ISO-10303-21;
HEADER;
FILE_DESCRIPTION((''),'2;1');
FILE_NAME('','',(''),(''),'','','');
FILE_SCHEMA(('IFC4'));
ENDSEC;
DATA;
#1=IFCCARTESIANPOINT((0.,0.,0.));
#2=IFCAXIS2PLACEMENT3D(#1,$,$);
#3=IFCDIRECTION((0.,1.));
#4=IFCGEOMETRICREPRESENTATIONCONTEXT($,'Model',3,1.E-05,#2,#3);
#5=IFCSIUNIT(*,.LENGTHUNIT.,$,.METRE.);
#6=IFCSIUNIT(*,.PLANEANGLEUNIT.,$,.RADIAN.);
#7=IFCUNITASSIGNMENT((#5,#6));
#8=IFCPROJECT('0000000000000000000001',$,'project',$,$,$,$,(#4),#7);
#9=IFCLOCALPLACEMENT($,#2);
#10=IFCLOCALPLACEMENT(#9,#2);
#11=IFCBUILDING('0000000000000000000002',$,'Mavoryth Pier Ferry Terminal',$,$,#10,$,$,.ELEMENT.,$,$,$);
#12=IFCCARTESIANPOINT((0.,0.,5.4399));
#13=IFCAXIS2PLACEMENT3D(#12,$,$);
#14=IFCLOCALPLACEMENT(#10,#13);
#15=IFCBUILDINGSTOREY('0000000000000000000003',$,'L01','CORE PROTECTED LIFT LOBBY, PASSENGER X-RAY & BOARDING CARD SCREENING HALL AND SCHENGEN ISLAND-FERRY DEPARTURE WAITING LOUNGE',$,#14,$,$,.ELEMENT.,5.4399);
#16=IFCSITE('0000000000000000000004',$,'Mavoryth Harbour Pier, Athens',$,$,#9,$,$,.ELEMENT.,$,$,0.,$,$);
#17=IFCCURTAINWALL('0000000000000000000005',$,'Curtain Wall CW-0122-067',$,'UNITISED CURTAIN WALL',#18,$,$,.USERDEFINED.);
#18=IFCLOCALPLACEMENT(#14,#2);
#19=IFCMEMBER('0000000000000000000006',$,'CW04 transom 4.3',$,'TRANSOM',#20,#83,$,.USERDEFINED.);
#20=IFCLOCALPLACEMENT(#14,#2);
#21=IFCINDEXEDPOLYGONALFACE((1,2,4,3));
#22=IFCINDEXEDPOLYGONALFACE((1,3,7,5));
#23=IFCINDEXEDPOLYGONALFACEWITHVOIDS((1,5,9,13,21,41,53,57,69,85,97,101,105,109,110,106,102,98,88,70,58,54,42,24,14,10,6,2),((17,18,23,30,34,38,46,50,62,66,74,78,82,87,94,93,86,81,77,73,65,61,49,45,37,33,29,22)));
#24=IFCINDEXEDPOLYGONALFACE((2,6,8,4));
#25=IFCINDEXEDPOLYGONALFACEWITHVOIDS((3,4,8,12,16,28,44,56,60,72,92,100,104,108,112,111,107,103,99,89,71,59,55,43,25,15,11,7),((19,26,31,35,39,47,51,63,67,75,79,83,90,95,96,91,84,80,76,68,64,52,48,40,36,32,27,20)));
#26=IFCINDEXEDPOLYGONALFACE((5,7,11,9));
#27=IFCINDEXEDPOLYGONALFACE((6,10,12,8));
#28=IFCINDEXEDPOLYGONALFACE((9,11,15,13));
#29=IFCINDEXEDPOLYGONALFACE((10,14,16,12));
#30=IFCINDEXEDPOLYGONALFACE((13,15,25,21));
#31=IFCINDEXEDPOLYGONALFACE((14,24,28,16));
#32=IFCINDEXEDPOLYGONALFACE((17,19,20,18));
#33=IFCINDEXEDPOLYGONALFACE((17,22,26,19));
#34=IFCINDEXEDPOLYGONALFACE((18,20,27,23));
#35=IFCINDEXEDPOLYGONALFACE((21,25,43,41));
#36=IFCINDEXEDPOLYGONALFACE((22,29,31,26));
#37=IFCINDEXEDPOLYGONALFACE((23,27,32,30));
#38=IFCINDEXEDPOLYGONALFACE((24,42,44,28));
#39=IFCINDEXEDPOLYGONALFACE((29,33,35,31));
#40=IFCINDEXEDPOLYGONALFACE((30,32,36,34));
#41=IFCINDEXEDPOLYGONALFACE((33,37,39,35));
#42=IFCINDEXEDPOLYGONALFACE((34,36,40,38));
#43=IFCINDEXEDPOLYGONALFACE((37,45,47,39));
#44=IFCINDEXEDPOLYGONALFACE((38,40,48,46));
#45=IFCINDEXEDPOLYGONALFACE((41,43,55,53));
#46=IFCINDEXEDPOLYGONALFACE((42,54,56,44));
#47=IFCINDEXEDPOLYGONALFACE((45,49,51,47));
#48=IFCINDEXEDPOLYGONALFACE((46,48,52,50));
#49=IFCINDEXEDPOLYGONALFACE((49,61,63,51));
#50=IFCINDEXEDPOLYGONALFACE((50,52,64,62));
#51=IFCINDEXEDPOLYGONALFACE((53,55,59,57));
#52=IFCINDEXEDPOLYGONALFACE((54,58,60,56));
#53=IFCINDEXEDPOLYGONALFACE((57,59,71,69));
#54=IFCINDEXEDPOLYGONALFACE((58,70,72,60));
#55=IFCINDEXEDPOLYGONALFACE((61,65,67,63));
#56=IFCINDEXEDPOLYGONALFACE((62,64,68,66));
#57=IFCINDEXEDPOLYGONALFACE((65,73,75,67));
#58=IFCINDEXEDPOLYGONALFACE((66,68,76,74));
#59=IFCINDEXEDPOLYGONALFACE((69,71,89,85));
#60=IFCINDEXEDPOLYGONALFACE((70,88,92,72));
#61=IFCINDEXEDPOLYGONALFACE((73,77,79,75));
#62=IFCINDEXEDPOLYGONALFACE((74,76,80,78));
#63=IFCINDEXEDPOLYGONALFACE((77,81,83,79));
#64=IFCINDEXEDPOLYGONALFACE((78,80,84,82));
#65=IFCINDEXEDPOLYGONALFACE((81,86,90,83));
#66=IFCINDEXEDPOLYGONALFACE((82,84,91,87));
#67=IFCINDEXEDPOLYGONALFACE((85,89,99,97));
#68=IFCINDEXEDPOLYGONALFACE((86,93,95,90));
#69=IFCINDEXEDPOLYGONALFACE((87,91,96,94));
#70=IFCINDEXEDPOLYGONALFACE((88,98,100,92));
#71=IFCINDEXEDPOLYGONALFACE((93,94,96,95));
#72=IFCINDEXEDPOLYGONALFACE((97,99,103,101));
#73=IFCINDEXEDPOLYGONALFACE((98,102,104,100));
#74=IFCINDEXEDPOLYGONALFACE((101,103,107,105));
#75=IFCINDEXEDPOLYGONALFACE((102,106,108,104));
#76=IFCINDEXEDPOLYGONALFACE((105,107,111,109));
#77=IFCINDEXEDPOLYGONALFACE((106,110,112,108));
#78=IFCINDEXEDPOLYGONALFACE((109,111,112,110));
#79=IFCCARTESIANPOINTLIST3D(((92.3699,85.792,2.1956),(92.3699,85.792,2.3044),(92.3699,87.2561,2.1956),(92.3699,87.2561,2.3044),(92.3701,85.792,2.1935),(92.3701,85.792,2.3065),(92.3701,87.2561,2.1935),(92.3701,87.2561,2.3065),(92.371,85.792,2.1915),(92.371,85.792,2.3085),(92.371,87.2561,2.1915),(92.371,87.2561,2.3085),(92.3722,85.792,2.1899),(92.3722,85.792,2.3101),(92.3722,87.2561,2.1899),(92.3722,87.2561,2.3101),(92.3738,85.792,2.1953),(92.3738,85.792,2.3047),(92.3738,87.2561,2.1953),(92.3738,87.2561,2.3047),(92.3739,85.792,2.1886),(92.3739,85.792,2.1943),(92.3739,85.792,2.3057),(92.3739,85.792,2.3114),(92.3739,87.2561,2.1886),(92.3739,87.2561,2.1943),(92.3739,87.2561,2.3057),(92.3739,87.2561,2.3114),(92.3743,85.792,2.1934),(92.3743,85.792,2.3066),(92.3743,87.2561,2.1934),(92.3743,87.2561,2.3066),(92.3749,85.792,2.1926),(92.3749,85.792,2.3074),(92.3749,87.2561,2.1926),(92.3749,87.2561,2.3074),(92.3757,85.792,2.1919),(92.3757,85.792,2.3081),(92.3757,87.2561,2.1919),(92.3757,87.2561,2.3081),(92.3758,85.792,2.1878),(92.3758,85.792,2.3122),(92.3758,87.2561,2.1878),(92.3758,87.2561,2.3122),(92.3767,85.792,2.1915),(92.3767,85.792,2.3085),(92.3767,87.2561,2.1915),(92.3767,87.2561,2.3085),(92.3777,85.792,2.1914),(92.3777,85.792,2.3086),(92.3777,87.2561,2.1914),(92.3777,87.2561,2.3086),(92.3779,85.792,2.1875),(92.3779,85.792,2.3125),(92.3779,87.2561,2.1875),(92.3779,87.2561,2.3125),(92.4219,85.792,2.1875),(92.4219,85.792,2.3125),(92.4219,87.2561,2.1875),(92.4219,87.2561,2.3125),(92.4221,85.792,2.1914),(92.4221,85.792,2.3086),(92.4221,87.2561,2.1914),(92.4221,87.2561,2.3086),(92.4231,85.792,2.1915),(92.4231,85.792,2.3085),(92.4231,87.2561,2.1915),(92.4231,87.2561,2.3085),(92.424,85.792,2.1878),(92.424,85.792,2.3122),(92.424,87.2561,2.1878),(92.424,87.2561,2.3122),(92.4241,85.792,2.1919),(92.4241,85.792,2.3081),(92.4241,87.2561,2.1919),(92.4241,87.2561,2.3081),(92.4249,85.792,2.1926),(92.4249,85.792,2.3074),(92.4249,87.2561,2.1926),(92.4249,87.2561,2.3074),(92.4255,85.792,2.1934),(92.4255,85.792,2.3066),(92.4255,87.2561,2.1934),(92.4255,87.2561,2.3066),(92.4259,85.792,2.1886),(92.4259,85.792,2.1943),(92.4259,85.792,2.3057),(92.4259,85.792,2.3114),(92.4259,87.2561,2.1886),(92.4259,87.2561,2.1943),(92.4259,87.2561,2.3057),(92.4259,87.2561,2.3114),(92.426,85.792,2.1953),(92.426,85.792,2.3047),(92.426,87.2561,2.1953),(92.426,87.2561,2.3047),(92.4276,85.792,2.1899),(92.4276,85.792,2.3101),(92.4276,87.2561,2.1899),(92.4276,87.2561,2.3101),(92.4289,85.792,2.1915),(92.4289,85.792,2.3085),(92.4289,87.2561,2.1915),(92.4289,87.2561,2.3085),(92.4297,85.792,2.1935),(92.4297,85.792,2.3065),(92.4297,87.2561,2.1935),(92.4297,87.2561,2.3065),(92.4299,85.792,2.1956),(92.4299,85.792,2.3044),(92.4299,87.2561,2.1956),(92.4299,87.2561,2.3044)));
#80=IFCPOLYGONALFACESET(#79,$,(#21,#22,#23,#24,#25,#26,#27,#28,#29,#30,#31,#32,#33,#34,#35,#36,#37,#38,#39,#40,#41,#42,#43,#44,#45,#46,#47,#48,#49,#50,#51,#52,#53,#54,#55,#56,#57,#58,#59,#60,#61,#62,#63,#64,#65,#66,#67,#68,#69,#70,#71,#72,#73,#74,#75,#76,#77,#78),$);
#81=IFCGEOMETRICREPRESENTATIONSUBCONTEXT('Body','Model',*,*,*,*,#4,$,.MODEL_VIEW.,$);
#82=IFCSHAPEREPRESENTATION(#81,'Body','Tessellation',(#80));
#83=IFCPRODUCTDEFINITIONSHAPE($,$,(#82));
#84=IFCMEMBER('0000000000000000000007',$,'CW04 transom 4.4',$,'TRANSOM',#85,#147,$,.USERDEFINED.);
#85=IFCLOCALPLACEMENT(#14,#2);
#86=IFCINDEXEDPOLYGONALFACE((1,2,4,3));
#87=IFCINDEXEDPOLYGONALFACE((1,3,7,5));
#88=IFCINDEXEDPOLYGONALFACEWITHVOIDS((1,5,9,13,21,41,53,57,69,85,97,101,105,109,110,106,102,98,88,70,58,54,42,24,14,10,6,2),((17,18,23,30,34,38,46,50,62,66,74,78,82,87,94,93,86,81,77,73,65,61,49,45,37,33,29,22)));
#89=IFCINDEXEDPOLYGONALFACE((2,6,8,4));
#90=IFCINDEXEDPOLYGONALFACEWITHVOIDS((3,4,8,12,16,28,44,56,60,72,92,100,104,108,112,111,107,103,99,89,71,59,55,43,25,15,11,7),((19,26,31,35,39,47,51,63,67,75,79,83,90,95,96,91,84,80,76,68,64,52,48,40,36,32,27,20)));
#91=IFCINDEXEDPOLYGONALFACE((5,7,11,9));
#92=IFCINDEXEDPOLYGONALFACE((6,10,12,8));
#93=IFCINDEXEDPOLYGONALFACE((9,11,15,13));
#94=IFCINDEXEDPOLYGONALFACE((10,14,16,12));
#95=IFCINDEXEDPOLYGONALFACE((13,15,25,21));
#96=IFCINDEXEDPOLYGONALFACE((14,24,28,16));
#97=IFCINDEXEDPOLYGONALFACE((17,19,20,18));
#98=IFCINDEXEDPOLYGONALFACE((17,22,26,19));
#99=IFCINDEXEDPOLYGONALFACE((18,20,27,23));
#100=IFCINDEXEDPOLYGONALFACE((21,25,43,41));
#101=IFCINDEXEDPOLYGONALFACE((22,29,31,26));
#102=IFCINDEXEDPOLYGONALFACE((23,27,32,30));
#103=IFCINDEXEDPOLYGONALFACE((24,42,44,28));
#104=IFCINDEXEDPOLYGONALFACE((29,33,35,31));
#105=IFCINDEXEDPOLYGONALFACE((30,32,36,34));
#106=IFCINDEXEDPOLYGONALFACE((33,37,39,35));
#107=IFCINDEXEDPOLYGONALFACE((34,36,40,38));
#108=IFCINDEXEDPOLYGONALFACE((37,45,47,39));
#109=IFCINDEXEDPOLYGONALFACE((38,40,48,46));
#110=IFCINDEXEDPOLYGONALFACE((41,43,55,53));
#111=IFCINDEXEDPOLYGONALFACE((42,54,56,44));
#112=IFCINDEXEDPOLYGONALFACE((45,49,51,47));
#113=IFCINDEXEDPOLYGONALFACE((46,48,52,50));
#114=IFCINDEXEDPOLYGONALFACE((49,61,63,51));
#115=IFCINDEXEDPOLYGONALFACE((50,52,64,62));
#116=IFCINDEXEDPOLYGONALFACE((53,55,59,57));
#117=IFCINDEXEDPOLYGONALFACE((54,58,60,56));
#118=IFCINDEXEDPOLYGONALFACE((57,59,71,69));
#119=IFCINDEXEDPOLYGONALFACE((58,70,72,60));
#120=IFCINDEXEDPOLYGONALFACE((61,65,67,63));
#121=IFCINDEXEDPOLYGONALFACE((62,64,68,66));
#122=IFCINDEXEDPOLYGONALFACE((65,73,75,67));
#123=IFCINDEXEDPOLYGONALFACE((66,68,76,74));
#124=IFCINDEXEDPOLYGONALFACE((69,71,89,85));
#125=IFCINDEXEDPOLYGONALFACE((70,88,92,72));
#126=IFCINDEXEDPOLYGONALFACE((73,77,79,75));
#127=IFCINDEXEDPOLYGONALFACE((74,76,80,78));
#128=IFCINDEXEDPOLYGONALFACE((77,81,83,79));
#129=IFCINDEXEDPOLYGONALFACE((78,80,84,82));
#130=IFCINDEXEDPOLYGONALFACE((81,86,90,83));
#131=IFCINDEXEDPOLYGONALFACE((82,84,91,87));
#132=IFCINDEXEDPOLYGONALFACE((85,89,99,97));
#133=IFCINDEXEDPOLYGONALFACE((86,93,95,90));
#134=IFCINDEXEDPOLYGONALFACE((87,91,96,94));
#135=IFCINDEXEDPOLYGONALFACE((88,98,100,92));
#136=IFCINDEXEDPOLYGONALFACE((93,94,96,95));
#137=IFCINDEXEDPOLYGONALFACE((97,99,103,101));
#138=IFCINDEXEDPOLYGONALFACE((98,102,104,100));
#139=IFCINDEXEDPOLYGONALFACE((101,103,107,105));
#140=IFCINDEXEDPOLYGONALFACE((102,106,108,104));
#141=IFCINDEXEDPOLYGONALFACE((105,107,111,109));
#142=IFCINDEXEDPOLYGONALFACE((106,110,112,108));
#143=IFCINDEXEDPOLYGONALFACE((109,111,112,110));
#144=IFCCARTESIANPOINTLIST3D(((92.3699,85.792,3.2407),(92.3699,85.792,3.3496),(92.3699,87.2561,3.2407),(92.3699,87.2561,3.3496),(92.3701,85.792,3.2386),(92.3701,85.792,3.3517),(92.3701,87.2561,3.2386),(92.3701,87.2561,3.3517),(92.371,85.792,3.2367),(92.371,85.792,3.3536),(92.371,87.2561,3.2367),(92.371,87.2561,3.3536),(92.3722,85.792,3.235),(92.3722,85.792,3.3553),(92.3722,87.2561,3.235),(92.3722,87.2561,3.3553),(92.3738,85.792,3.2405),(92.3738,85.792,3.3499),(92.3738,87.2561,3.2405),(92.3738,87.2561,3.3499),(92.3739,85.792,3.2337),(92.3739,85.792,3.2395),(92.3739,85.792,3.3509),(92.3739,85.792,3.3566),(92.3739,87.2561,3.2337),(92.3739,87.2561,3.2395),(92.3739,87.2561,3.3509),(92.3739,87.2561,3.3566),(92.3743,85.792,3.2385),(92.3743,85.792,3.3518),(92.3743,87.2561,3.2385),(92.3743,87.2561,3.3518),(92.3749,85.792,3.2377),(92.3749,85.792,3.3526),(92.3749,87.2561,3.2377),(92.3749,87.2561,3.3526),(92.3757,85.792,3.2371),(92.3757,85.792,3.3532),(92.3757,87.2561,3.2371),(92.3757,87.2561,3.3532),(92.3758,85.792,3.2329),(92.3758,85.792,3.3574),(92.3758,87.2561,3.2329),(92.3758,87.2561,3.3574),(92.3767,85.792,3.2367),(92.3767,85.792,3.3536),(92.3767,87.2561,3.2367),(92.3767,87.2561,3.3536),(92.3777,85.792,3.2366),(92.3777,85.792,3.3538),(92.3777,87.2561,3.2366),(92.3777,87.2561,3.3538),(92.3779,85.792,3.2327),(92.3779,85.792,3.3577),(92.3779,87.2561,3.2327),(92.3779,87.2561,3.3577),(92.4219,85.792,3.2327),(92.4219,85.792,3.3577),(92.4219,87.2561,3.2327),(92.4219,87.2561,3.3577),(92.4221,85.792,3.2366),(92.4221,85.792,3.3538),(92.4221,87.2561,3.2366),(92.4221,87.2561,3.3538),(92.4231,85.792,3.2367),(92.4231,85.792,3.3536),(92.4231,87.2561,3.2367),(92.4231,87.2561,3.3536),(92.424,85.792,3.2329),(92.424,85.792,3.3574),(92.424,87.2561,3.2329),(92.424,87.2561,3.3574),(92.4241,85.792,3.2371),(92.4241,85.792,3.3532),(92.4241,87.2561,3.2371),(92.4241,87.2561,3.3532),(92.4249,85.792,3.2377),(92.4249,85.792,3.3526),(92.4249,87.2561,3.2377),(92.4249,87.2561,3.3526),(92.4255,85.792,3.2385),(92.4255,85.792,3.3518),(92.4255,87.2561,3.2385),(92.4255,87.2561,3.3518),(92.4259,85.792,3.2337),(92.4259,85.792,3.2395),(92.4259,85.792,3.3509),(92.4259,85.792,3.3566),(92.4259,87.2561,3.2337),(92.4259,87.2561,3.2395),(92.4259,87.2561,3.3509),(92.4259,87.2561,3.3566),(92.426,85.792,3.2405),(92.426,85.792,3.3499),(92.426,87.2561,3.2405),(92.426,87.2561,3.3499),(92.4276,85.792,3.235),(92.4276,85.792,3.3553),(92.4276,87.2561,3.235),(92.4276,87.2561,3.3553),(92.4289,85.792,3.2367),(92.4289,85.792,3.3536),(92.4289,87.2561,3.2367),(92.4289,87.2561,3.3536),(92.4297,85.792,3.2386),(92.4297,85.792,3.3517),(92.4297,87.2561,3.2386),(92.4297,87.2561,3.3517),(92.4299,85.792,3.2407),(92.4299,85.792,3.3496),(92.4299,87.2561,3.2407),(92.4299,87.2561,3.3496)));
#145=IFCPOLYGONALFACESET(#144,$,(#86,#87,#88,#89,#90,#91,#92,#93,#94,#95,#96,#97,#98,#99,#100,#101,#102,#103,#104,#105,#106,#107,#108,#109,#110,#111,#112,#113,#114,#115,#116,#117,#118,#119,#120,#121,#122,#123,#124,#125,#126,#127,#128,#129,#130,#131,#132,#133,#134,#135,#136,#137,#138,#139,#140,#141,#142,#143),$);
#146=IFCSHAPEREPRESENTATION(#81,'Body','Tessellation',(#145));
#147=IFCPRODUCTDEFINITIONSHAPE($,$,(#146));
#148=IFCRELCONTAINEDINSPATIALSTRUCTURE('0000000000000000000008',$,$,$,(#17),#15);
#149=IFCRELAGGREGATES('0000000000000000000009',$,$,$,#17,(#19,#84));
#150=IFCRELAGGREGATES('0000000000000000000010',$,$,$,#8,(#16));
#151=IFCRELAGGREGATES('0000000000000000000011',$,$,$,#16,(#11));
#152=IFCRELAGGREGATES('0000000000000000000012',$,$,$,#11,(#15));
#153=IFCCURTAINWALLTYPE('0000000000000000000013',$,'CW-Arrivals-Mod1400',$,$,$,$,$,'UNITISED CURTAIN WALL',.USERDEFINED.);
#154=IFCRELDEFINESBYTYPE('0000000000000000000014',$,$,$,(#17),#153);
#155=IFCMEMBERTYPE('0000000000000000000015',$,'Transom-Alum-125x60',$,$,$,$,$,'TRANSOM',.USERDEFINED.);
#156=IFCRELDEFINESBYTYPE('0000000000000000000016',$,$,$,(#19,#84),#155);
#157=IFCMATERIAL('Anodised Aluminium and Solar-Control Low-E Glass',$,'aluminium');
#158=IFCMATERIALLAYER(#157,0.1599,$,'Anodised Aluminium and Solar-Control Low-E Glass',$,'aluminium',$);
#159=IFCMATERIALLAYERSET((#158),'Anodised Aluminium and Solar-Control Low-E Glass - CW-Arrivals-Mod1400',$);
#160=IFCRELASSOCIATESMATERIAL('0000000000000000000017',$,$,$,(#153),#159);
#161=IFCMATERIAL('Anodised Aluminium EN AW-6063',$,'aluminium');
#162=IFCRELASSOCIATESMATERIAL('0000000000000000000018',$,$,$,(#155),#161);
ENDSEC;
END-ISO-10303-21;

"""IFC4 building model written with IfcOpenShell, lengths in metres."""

from ifc_helpers import new_model, si_unit, direction, frame, origin, origin_2d, place, context, subcontext, project, spatial, hollow_rectangle, extrude, material, layer, layer_set, material_profile, profile_set, type_object, element, aggregate, save


model = new_model("IFC4")

# Units and contexts
model_context = context("Model", 3, precision=1e-05, world=origin(), true_north=direction((0.0, 1.0)))
body_context = subcontext(model_context, "Body", "Model", "MODEL_VIEW")
ifc_project = project(units=[si_unit("LENGTHUNIT", "METRE"), si_unit("PLANEANGLEUNIT", "RADIAN")], contexts=[model_context])

# Site, building, storey
site_placement = place(None, origin())
site = spatial("IfcSite", under=ifc_project, at=site_placement, Name="Mavoryth Harbour Pier, Athens", CompositionType="ELEMENT", RefElevation=0.0)
building_placement = place(site_placement, origin())
building = spatial("IfcBuilding", under=site, at=building_placement, Name="Mavoryth Pier Ferry Terminal", CompositionType="ELEMENT")
storey_placement = place(building_placement, frame((0.0, 0.0, 5.4399)))
storey = spatial("IfcBuildingStorey", under=building, at=storey_placement, Name="L01", Description="CORE PROTECTED LIFT LOBBY, PASSENGER X-RAY & BOARDING CARD SCREENING HALL AND SCHENGEN ISLAND-FERRY DEPARTURE WAITING LOUNGE", CompositionType="ELEMENT", Elevation=5.4399)

# Curtain wall
ifc_material_1 = material(Name="Anodised Aluminium and Solar-Control Low-E Glass", Category="aluminium")
ifc_layer_1 = layer(ifc_material_1, 0.1599, Name="Anodised Aluminium and Solar-Control Low-E Glass", Category="aluminium")
ifc_layer_set_1 = layer_set([ifc_layer_1], Name="Anodised Aluminium and Solar-Control Low-E Glass - CW-Arrivals-Mod1400")
curtain_wall_type = type_object("IfcCurtainWallType", Name="CW-Arrivals-Mod1400", ElementType="UNITISED CURTAIN WALL", PredefinedType="USERDEFINED", material=ifc_layer_set_1)
curtain_wall_1_placement = place(storey_placement, origin())
curtain_wall_1 = element("IfcCurtainWall", 1, at=curtain_wall_1_placement, inside=storey, type_object=curtain_wall_type, Name="Curtain Wall CW-0122-067", ObjectType="UNITISED CURTAIN WALL", PredefinedType="USERDEFINED")
ifc_material_2 = material(Name="Anodised Aluminium EN AW-6063", Category="aluminium")

# Members
ifc_material_profile_1 = material_profile(ifc_material_2, hollow_rectangle(XDim=0.0601, YDim=0.125, WallThickness=0.0039, InnerFilletRadius=0.0039, OuterFilletRadius=0.0081, at=origin_2d()), Name="AL-TRAN 125x60x4", Category="aluminium")
ifc_profile_set_1 = profile_set([ifc_material_profile_1], Name="Anodised Aluminium EN AW-6063 - AL-TRAN 125x60x4")
member_type_1 = type_object("IfcMemberType", Name="Transom-Alum-125x60", ElementType="TRANSOM", PredefinedType="USERDEFINED", material=ifc_profile_set_1)
member_1_placement = place(storey_placement, frame((92.3999, 85.792, 2.25), z_axis=(0.0, 1.0, 0.0), x_axis=(-1.0, 0.0, 0.0)))
member_1 = element("IfcMember", 2, at=member_1_placement, type_object=member_type_1, Name="CW04 transom 4.3", ObjectType="TRANSOM", PredefinedType="USERDEFINED", context=body_context, shape_type="SweptSolid", body=[
    extrude(hollow_rectangle(XDim=0.0601, YDim=0.125, WallThickness=0.0039, InnerFilletRadius=0.0039, OuterFilletRadius=0.0081, at=origin_2d()), origin(), (0.0, 0.0, 1.0), 1.4641),
])
member_2_placement = place(storey_placement, frame((92.3999, 85.792, 3.2952), z_axis=(0.0, 1.0, 0.0), x_axis=(-1.0, 0.0, 0.0)))
member_2 = element("IfcMember", 3, at=member_2_placement, type_object=member_type_1, Name="CW04 transom 4.4", ObjectType="TRANSOM", PredefinedType="USERDEFINED", context=body_context, shape_type="SweptSolid", body=[
    extrude(hollow_rectangle(XDim=0.0601, YDim=0.125, WallThickness=0.0039, InnerFilletRadius=0.0039, OuterFilletRadius=0.0081, at=origin_2d()), origin(), (0.0, 0.0, 1.0), 1.4641),
])

aggregate(curtain_wall_1, [member_1, member_2])

save(model, "model.ifc")
